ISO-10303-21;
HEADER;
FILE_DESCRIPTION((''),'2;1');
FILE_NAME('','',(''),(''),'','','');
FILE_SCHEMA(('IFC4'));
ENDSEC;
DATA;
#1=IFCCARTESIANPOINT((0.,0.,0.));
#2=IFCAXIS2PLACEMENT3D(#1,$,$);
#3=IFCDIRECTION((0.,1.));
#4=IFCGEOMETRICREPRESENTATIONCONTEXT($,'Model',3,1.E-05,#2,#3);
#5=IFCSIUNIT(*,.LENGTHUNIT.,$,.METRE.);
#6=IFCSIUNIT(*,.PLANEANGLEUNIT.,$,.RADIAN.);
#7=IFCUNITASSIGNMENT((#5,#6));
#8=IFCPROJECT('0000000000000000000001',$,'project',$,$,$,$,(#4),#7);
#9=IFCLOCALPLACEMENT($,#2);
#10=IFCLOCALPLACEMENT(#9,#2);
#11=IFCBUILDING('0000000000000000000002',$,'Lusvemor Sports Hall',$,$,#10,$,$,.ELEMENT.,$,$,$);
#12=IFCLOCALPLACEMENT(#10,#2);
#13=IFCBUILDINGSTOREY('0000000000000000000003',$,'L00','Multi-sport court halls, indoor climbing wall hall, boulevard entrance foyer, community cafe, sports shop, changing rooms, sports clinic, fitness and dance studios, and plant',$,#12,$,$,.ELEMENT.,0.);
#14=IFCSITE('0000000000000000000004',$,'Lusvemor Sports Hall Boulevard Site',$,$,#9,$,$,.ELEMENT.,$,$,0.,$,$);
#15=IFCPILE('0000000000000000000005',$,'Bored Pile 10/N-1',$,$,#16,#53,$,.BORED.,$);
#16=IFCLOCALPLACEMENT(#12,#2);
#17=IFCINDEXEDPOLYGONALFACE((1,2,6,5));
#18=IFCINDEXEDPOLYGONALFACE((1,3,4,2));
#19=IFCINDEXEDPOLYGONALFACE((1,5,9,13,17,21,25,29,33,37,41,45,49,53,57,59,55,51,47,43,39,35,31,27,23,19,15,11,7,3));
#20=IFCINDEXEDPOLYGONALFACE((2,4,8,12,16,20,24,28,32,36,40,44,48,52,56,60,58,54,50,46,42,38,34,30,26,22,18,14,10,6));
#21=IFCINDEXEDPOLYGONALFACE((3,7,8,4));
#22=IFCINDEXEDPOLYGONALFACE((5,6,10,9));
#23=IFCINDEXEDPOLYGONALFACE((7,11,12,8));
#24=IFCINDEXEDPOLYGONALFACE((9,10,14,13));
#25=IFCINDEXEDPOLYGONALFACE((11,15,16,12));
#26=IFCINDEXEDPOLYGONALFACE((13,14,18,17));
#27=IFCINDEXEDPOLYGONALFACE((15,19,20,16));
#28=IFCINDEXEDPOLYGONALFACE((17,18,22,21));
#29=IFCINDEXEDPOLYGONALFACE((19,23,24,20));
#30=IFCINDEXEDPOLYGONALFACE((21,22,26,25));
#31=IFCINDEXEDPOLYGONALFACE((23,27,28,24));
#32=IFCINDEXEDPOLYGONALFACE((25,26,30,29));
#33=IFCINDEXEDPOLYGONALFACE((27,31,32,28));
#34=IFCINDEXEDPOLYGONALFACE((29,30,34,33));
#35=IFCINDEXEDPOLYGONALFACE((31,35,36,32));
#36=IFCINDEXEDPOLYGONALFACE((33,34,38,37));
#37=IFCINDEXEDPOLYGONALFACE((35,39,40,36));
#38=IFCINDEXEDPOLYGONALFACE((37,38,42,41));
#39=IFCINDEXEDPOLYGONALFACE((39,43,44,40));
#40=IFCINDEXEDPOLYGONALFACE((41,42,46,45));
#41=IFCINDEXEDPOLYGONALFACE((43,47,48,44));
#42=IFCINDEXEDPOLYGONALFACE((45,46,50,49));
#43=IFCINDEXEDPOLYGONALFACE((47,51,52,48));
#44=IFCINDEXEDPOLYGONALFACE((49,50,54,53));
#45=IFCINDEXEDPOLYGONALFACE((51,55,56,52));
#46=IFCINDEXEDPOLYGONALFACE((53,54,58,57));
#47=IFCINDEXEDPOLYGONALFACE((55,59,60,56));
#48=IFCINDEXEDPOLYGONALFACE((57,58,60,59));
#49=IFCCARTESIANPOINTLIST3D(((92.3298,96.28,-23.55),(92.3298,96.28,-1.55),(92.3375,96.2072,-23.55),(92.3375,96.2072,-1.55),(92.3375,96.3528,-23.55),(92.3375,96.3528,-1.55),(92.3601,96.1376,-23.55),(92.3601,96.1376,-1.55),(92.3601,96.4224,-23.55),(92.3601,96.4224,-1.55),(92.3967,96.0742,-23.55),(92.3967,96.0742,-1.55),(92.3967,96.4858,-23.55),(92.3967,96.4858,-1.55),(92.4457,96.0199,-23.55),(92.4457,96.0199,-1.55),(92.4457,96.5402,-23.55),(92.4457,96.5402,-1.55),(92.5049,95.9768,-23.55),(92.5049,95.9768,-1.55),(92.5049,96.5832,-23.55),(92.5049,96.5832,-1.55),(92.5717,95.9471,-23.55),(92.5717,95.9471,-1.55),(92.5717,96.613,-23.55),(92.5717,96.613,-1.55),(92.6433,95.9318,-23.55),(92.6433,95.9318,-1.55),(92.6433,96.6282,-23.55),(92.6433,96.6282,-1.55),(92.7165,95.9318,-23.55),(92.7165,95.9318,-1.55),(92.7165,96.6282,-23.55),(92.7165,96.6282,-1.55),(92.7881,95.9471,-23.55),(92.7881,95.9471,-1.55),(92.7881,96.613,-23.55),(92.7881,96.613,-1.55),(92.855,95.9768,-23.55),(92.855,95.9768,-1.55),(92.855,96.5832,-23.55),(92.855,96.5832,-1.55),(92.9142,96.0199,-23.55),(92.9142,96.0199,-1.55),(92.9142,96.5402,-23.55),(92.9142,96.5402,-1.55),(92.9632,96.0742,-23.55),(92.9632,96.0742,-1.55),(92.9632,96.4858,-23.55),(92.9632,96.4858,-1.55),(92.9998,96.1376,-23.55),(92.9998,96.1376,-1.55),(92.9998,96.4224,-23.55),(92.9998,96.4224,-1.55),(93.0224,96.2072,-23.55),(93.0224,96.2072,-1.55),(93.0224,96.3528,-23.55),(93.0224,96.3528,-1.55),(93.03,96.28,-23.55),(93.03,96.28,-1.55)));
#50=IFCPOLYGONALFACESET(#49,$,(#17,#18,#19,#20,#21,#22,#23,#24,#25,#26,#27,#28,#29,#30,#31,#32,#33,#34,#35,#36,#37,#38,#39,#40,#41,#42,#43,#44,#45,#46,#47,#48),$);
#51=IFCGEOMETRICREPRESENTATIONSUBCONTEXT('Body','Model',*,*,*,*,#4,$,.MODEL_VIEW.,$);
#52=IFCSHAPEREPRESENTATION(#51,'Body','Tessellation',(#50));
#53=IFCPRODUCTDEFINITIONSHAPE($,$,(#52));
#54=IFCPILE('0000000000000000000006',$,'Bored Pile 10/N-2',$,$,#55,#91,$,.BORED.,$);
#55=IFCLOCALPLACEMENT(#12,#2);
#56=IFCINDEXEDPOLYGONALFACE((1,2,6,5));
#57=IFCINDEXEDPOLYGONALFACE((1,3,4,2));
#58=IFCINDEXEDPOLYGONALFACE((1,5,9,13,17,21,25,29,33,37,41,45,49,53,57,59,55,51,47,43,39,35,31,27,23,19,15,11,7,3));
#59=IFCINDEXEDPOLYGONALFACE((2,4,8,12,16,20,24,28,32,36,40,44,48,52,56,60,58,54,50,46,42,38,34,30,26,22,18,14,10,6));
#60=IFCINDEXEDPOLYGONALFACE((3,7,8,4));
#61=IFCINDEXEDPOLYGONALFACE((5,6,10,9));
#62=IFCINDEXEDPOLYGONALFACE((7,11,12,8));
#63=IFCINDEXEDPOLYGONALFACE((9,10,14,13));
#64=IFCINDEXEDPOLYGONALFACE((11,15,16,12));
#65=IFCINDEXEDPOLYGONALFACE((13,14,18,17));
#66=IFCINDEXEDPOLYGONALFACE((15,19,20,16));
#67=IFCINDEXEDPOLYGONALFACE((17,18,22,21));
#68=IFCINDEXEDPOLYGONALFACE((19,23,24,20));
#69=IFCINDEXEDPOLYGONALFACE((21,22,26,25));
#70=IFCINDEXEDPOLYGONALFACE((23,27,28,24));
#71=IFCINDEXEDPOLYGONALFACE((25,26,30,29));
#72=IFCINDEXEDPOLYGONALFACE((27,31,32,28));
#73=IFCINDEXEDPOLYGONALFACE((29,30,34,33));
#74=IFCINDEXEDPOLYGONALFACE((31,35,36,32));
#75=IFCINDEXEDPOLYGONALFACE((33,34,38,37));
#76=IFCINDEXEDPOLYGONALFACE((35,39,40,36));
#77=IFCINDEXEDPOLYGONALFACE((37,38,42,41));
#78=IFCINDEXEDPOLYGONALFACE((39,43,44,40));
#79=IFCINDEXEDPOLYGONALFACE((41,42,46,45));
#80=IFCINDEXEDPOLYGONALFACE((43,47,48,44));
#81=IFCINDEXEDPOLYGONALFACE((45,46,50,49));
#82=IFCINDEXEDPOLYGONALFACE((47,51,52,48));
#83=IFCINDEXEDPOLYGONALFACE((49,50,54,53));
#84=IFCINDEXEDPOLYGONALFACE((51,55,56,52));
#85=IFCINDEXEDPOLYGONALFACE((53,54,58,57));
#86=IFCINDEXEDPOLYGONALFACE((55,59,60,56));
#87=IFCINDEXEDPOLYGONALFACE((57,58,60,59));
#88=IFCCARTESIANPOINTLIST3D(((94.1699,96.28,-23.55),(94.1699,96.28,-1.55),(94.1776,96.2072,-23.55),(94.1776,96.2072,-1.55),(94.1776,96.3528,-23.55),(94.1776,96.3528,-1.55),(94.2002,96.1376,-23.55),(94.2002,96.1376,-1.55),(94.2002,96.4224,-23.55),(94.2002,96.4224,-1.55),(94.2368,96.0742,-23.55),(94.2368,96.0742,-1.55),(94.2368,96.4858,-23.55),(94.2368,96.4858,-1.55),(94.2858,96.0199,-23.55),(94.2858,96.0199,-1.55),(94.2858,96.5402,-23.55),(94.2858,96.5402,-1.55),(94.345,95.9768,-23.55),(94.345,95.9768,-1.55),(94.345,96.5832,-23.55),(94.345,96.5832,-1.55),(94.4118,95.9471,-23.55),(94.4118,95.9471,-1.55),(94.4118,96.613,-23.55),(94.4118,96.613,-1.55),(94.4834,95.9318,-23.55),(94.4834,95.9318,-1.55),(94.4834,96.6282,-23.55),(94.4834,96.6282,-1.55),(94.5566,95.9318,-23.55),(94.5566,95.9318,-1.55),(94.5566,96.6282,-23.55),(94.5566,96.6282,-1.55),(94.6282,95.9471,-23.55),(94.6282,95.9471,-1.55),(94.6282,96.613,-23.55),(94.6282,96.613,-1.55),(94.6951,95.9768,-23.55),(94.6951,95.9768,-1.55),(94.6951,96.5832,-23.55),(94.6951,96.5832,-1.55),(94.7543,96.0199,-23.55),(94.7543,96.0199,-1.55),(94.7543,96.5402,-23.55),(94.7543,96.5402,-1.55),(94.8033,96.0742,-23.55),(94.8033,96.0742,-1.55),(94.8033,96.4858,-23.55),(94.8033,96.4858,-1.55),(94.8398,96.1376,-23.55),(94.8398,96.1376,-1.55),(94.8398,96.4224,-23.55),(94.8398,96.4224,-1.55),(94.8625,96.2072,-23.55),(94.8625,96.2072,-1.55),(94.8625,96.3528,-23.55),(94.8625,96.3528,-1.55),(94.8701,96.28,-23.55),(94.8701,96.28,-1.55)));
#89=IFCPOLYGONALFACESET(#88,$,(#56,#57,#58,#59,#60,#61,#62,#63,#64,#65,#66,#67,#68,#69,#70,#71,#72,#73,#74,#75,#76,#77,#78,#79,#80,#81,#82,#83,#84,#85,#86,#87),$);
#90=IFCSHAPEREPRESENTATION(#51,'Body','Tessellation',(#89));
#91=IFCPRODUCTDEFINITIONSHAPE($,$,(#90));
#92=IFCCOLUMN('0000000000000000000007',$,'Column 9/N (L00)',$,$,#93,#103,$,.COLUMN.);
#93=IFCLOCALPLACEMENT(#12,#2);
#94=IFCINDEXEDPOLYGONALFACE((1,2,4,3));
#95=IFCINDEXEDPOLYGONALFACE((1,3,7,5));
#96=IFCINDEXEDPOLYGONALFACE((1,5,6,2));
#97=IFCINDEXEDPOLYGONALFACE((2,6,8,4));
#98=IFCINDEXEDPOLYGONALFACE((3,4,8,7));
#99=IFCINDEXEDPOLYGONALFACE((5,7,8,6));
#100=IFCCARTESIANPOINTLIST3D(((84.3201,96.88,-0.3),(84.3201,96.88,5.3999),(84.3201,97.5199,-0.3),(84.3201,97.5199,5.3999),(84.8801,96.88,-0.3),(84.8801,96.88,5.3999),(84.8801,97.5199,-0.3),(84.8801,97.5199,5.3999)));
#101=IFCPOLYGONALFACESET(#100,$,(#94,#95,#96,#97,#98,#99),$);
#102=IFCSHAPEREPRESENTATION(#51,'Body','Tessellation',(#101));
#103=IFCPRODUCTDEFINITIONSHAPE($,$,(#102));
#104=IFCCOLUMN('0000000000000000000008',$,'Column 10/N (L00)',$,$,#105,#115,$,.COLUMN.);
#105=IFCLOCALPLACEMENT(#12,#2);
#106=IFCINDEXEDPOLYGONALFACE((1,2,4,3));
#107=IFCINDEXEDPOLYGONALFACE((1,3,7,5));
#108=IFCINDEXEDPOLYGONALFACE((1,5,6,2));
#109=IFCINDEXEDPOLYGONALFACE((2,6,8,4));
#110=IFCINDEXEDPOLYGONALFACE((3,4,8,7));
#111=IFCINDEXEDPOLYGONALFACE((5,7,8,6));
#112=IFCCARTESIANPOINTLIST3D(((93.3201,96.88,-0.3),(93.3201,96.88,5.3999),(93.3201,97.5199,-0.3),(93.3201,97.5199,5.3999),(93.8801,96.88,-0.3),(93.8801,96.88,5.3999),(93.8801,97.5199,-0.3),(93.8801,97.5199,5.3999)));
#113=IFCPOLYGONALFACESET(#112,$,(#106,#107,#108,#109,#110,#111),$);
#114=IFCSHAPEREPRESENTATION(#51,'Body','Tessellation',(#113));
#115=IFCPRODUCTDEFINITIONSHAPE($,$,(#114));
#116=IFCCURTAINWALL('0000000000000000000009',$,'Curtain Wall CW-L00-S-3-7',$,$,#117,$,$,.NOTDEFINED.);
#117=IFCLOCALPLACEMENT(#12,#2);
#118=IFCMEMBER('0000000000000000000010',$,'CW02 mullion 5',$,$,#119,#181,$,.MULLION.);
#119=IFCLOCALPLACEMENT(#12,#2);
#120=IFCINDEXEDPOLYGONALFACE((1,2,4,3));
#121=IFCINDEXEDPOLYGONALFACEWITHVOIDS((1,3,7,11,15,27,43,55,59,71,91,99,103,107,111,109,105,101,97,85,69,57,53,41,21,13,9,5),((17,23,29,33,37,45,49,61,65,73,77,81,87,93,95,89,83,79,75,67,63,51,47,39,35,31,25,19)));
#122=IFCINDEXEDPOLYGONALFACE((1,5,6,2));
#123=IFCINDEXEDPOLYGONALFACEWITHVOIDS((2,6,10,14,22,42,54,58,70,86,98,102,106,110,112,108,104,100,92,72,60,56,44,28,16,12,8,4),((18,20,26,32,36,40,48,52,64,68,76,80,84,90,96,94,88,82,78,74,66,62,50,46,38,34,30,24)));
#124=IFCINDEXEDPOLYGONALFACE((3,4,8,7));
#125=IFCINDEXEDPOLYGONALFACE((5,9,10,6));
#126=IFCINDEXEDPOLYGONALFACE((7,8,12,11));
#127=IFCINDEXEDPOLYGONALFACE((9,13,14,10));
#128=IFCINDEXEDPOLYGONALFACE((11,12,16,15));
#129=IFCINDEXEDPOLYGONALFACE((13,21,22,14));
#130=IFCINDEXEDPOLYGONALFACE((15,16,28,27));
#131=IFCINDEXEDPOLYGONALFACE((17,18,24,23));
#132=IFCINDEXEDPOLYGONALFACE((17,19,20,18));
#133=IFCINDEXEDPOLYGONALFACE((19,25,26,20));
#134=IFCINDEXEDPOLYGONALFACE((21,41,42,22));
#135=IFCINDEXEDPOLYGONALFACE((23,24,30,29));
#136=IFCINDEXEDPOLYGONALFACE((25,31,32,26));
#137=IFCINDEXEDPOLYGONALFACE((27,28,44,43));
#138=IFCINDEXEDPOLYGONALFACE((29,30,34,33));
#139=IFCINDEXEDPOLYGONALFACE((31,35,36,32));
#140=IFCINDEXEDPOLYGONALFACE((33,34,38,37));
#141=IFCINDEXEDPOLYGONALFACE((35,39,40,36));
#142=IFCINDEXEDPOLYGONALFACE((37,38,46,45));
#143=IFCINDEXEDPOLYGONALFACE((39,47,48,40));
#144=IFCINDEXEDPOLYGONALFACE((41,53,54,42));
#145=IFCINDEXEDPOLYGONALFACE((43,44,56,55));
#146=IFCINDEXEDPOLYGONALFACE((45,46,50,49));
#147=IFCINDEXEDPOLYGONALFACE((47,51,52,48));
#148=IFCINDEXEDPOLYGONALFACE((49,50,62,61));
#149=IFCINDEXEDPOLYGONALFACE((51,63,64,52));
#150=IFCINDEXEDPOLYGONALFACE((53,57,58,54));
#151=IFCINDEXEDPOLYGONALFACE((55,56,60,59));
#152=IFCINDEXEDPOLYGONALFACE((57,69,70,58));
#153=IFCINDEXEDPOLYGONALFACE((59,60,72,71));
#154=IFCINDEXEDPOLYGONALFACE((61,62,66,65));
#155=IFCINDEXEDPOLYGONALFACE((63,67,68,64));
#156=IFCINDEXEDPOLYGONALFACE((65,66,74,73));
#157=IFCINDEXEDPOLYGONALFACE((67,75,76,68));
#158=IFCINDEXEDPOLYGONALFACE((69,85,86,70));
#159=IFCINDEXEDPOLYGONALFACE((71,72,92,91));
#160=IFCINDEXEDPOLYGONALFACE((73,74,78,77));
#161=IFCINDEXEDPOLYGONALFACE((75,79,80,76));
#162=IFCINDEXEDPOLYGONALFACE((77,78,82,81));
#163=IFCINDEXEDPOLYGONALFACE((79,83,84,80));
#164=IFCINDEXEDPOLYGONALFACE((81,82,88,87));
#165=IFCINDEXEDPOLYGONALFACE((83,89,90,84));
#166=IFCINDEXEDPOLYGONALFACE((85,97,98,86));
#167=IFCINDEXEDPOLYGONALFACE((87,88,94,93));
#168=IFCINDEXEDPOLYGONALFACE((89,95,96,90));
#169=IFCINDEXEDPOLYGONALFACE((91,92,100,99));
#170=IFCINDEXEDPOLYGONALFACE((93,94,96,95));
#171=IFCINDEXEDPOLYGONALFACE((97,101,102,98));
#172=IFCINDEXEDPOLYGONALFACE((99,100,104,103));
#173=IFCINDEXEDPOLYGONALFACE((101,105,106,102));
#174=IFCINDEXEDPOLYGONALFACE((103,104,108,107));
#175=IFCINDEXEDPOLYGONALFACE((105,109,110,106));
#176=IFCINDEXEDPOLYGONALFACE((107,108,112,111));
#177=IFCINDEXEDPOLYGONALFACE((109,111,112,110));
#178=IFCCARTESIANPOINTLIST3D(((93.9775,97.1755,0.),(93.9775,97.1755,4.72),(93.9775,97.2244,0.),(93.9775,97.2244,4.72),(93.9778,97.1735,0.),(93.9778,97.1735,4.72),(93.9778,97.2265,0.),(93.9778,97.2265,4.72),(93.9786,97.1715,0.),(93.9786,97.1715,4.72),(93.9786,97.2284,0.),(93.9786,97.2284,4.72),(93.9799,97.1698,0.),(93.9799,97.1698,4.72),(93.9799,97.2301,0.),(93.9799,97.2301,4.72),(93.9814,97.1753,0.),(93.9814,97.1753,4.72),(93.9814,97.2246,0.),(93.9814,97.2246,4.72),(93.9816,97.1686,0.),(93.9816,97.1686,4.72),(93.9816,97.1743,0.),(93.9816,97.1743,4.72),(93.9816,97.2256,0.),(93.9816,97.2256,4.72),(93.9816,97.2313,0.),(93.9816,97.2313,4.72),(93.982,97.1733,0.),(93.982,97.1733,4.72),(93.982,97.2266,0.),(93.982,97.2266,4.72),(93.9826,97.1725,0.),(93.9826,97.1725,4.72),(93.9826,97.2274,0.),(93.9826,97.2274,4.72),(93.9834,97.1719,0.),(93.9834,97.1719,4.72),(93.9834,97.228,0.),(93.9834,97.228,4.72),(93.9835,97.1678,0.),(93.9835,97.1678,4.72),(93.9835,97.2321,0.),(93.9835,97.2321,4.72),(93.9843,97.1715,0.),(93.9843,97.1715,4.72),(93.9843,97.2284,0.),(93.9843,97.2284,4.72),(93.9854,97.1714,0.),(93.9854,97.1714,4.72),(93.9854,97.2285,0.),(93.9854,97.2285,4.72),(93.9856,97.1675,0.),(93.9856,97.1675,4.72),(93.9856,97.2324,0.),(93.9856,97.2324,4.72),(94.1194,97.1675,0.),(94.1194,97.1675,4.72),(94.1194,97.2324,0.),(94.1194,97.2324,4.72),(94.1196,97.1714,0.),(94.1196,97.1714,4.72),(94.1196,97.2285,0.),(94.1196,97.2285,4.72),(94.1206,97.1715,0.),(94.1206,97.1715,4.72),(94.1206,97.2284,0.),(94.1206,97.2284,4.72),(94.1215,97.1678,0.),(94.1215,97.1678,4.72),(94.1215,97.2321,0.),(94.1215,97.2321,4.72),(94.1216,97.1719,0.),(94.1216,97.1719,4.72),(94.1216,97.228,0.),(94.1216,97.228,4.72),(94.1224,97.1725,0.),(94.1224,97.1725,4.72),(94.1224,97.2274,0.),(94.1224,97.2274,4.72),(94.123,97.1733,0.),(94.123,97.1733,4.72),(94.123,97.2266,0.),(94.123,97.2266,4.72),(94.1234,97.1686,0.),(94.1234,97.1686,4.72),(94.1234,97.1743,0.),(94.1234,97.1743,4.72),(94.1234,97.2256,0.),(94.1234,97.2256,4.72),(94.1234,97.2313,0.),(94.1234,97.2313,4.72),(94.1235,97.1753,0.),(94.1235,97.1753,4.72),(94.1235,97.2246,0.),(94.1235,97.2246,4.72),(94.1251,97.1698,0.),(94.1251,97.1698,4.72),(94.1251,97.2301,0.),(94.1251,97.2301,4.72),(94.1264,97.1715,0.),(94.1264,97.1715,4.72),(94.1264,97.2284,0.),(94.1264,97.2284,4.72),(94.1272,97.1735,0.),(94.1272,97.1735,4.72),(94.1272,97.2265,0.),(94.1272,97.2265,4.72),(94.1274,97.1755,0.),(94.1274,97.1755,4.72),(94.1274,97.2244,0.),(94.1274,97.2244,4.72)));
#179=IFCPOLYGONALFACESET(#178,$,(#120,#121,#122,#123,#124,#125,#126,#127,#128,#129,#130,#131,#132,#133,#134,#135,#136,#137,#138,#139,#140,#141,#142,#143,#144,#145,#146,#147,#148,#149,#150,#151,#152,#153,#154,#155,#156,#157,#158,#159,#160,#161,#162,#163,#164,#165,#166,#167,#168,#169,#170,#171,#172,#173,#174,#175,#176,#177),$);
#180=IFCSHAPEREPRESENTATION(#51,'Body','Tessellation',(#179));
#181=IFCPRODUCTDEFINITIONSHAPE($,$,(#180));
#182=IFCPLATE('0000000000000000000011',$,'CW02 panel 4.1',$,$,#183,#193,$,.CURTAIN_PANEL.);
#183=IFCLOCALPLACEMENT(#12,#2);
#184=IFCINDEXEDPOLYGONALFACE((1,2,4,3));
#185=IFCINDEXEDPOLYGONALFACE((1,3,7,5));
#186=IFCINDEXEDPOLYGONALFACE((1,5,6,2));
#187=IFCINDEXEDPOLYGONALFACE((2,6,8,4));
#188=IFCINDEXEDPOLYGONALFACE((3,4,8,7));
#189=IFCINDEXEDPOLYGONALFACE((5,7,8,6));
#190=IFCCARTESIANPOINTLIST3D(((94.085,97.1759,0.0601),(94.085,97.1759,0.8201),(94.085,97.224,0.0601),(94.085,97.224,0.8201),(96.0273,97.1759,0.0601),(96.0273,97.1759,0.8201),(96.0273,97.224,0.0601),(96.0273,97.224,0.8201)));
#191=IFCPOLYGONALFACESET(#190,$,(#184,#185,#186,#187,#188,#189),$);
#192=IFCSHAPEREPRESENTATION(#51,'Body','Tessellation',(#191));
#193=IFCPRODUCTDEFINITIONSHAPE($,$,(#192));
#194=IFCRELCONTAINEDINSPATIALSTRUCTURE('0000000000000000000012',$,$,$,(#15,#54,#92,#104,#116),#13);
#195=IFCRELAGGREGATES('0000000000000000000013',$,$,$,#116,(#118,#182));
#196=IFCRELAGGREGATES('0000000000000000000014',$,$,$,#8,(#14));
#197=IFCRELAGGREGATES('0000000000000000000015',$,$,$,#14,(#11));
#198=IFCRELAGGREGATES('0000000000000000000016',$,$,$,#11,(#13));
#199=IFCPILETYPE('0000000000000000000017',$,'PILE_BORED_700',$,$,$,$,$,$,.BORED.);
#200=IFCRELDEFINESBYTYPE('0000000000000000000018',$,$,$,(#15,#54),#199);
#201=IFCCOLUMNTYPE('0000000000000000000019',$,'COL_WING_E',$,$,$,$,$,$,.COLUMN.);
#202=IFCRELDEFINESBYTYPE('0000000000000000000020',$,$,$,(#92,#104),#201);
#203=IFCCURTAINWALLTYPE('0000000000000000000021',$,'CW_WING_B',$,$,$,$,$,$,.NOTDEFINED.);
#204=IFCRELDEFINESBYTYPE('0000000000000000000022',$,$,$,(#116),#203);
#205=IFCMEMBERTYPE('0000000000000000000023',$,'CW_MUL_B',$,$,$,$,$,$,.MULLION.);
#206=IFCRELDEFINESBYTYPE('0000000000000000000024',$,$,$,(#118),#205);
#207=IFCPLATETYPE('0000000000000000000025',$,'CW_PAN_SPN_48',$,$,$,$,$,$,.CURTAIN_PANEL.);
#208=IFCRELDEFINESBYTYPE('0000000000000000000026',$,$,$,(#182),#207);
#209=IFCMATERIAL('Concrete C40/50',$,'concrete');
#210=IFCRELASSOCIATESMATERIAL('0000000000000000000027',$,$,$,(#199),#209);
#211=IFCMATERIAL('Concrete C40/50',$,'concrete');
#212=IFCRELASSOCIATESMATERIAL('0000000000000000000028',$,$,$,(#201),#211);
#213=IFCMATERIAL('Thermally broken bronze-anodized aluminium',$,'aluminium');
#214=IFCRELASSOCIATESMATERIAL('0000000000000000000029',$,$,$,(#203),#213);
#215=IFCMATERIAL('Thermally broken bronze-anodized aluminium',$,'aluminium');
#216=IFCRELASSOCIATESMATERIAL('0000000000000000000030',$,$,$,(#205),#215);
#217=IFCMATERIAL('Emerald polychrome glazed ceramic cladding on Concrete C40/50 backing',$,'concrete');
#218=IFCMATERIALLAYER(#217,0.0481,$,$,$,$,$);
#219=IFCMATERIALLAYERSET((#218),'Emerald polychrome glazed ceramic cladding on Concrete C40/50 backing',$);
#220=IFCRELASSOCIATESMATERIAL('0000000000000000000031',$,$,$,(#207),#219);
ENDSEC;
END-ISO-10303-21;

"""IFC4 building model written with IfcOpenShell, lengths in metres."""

from ifc_helpers import new_model, si_unit, direction, frame, origin, origin_2d, place, context, subcontext, project, spatial, rectangle, hollow_rectangle, circle, extrude, material, layer, layer_set, material_profile, profile_set, type_object, element, aggregate, save


model = new_model("IFC4")

# Units and contexts
model_context = context("Model", 3, precision=1e-05, world=origin(), true_north=direction((0.0, 1.0)))
body_context = subcontext(model_context, "Body", "Model", "MODEL_VIEW")
ifc_project = project(units=[si_unit("LENGTHUNIT", "METRE"), si_unit("PLANEANGLEUNIT", "RADIAN")], contexts=[model_context])

# Site, building, storey
site_placement = place(None, origin())
site = spatial("IfcSite", under=ifc_project, at=site_placement, Name="Lusvemor Sports Hall Boulevard Site", CompositionType="ELEMENT", RefElevation=0.0)
building_placement = place(site_placement, origin())
building = spatial("IfcBuilding", under=site, at=building_placement, Name="Lusvemor Sports Hall", CompositionType="ELEMENT")
storey_placement = place(building_placement, origin())
storey = spatial("IfcBuildingStorey", under=building, at=storey_placement, Name="L00", Description="Multi-sport court halls, indoor climbing wall hall, boulevard entrance foyer, community cafe, sports shop, changing rooms, sports clinic, fitness and dance studios, and plant", CompositionType="ELEMENT", Elevation=0.0)

# Piles
ifc_material_1 = material(Name="Concrete C40/50", Category="concrete")
ifc_material_profile_1 = material_profile(ifc_material_1, circle(Radius=0.3501, at=origin_2d()), Name="PILE700")
ifc_profile_set_1 = profile_set([ifc_material_profile_1], Name="Concrete C40/50")
pile_type = type_object("IfcPileType", Name="PILE_BORED_700", PredefinedType="BORED", material=ifc_profile_set_1)
for number, where, z_axis, x_axis, name in (
    (1, (92.6799, 96.28, -1.55), (0.0, 0.0, -1.0), (1.0, 0.0, 0.0), "Bored Pile 10/N-1"),
    (2, (94.52, 96.28, -1.55), (0.0, 0.0, -1.0), (1.0, 0.0, 0.0), "Bored Pile 10/N-2"),
):
    element("IfcPile", number, at=place(storey_placement, frame(where, z_axis=z_axis, x_axis=x_axis)), inside=storey, type_object=pile_type, Name=name, PredefinedType="BORED", context=body_context, shape_type="SweptSolid", body=[
        extrude(circle(Radius=0.3501, at=origin_2d()), origin(), (0.0, 0.0, 1.0), 22.0),
    ])

# Columns
ifc_material_2 = material(Name="Concrete C40/50", Category="concrete")
ifc_material_profile_2 = material_profile(ifc_material_2, rectangle(XDim=0.5601, YDim=0.6399, at=origin_2d()), Name="RC560x640")
ifc_profile_set_2 = profile_set([ifc_material_profile_2], Name="Concrete C40/50")
column_type = type_object("IfcColumnType", Name="COL_WING_E", PredefinedType="COLUMN", material=ifc_profile_set_2)
for number, where, z_axis, x_axis, name in (
    (3, (84.6001, 97.2, -0.3), (0.0, 0.0, 1.0), (1.0, 0.0, 0.0), "Column 9/N (L00)"),
    (4, (93.6001, 97.2, -0.3), (0.0, 0.0, 1.0), (1.0, 0.0, 0.0), "Column 10/N (L00)"),
):
    element("IfcColumn", number, at=place(storey_placement, frame(where, z_axis=z_axis, x_axis=x_axis)), inside=storey, type_object=column_type, Name=name, PredefinedType="COLUMN", context=body_context, shape_type="SweptSolid", body=[
        extrude(rectangle(XDim=0.5601, YDim=0.6399, at=origin_2d()), origin(), (0.0, 0.0, 1.0), 5.7),
    ])

# Curtain wall, member, plate
ifc_material_3 = material(Name="Thermally broken bronze-anodized aluminium", Category="aluminium")
curtain_wall_type = type_object("IfcCurtainWallType", Name="CW_WING_B", PredefinedType="NOTDEFINED", material=ifc_material_3)
curtain_wall_placement = place(storey_placement, origin())
curtain_wall = element("IfcCurtainWall", 5, at=curtain_wall_placement, inside=storey, type_object=curtain_wall_type, Name="Curtain Wall CW-L00-S-3-7", PredefinedType="NOTDEFINED")
ifc_material_4 = material(Name="Thermally broken bronze-anodized aluminium", Category="aluminium")
ifc_material_profile_3 = material_profile(ifc_material_4, hollow_rectangle(XDim=0.0649, YDim=0.1499, WallThickness=0.0039, InnerFilletRadius=0.0039, OuterFilletRadius=0.0081, at=origin_2d()), Name="CWMUL150x65x4")
ifc_profile_set_3 = profile_set([ifc_material_profile_3], Name="Thermally broken bronze-anodized aluminium")
member_type = type_object("IfcMemberType", Name="CW_MUL_B", PredefinedType="MULLION", material=ifc_profile_set_3)
member_placement = place(storey_placement, frame((94.0525, 97.2, 0.0), z_axis=(0.0, 0.0, 1.0), x_axis=(0.0, -1.0, 0.0)))
member = element("IfcMember", 6, at=member_placement, type_object=member_type, Name="CW02 mullion 5", PredefinedType="MULLION", context=body_context, shape_type="SweptSolid", body=[
    extrude(hollow_rectangle(XDim=0.0649, YDim=0.1499, WallThickness=0.0039, InnerFilletRadius=0.0039, OuterFilletRadius=0.0081, at=origin_2d()), origin(), (0.0, 0.0, 1.0), 4.72),
])
ifc_material_5 = material(Name="Emerald polychrome glazed ceramic cladding on Concrete C40/50 backing", Category="concrete")
ifc_layer_1 = layer(ifc_material_5, 0.0481)
ifc_layer_set_1 = layer_set([ifc_layer_1], Name="Emerald polychrome glazed ceramic cladding on Concrete C40/50 backing")
plate_type = type_object("IfcPlateType", Name="CW_PAN_SPN_48", PredefinedType="CURTAIN_PANEL", material=ifc_layer_set_1)
plate_placement = place(storey_placement, frame((95.0562, 97.2, 0.0601), z_axis=(0.0, 0.0, 1.0), x_axis=(-1.0, 0.0, 0.0)))
plate = element("IfcPlate", 7, at=plate_placement, type_object=plate_type, Name="CW02 panel 4.1", PredefinedType="CURTAIN_PANEL", context=body_context, shape_type="SweptSolid", body=[
    extrude(rectangle(XDim=1.9424, YDim=0.0481, at=origin_2d()), origin(), (0.0, 0.0, 1.0), 0.76),
])
aggregate(curtain_wall, [member, plate])

save(model, "model.ifc")
